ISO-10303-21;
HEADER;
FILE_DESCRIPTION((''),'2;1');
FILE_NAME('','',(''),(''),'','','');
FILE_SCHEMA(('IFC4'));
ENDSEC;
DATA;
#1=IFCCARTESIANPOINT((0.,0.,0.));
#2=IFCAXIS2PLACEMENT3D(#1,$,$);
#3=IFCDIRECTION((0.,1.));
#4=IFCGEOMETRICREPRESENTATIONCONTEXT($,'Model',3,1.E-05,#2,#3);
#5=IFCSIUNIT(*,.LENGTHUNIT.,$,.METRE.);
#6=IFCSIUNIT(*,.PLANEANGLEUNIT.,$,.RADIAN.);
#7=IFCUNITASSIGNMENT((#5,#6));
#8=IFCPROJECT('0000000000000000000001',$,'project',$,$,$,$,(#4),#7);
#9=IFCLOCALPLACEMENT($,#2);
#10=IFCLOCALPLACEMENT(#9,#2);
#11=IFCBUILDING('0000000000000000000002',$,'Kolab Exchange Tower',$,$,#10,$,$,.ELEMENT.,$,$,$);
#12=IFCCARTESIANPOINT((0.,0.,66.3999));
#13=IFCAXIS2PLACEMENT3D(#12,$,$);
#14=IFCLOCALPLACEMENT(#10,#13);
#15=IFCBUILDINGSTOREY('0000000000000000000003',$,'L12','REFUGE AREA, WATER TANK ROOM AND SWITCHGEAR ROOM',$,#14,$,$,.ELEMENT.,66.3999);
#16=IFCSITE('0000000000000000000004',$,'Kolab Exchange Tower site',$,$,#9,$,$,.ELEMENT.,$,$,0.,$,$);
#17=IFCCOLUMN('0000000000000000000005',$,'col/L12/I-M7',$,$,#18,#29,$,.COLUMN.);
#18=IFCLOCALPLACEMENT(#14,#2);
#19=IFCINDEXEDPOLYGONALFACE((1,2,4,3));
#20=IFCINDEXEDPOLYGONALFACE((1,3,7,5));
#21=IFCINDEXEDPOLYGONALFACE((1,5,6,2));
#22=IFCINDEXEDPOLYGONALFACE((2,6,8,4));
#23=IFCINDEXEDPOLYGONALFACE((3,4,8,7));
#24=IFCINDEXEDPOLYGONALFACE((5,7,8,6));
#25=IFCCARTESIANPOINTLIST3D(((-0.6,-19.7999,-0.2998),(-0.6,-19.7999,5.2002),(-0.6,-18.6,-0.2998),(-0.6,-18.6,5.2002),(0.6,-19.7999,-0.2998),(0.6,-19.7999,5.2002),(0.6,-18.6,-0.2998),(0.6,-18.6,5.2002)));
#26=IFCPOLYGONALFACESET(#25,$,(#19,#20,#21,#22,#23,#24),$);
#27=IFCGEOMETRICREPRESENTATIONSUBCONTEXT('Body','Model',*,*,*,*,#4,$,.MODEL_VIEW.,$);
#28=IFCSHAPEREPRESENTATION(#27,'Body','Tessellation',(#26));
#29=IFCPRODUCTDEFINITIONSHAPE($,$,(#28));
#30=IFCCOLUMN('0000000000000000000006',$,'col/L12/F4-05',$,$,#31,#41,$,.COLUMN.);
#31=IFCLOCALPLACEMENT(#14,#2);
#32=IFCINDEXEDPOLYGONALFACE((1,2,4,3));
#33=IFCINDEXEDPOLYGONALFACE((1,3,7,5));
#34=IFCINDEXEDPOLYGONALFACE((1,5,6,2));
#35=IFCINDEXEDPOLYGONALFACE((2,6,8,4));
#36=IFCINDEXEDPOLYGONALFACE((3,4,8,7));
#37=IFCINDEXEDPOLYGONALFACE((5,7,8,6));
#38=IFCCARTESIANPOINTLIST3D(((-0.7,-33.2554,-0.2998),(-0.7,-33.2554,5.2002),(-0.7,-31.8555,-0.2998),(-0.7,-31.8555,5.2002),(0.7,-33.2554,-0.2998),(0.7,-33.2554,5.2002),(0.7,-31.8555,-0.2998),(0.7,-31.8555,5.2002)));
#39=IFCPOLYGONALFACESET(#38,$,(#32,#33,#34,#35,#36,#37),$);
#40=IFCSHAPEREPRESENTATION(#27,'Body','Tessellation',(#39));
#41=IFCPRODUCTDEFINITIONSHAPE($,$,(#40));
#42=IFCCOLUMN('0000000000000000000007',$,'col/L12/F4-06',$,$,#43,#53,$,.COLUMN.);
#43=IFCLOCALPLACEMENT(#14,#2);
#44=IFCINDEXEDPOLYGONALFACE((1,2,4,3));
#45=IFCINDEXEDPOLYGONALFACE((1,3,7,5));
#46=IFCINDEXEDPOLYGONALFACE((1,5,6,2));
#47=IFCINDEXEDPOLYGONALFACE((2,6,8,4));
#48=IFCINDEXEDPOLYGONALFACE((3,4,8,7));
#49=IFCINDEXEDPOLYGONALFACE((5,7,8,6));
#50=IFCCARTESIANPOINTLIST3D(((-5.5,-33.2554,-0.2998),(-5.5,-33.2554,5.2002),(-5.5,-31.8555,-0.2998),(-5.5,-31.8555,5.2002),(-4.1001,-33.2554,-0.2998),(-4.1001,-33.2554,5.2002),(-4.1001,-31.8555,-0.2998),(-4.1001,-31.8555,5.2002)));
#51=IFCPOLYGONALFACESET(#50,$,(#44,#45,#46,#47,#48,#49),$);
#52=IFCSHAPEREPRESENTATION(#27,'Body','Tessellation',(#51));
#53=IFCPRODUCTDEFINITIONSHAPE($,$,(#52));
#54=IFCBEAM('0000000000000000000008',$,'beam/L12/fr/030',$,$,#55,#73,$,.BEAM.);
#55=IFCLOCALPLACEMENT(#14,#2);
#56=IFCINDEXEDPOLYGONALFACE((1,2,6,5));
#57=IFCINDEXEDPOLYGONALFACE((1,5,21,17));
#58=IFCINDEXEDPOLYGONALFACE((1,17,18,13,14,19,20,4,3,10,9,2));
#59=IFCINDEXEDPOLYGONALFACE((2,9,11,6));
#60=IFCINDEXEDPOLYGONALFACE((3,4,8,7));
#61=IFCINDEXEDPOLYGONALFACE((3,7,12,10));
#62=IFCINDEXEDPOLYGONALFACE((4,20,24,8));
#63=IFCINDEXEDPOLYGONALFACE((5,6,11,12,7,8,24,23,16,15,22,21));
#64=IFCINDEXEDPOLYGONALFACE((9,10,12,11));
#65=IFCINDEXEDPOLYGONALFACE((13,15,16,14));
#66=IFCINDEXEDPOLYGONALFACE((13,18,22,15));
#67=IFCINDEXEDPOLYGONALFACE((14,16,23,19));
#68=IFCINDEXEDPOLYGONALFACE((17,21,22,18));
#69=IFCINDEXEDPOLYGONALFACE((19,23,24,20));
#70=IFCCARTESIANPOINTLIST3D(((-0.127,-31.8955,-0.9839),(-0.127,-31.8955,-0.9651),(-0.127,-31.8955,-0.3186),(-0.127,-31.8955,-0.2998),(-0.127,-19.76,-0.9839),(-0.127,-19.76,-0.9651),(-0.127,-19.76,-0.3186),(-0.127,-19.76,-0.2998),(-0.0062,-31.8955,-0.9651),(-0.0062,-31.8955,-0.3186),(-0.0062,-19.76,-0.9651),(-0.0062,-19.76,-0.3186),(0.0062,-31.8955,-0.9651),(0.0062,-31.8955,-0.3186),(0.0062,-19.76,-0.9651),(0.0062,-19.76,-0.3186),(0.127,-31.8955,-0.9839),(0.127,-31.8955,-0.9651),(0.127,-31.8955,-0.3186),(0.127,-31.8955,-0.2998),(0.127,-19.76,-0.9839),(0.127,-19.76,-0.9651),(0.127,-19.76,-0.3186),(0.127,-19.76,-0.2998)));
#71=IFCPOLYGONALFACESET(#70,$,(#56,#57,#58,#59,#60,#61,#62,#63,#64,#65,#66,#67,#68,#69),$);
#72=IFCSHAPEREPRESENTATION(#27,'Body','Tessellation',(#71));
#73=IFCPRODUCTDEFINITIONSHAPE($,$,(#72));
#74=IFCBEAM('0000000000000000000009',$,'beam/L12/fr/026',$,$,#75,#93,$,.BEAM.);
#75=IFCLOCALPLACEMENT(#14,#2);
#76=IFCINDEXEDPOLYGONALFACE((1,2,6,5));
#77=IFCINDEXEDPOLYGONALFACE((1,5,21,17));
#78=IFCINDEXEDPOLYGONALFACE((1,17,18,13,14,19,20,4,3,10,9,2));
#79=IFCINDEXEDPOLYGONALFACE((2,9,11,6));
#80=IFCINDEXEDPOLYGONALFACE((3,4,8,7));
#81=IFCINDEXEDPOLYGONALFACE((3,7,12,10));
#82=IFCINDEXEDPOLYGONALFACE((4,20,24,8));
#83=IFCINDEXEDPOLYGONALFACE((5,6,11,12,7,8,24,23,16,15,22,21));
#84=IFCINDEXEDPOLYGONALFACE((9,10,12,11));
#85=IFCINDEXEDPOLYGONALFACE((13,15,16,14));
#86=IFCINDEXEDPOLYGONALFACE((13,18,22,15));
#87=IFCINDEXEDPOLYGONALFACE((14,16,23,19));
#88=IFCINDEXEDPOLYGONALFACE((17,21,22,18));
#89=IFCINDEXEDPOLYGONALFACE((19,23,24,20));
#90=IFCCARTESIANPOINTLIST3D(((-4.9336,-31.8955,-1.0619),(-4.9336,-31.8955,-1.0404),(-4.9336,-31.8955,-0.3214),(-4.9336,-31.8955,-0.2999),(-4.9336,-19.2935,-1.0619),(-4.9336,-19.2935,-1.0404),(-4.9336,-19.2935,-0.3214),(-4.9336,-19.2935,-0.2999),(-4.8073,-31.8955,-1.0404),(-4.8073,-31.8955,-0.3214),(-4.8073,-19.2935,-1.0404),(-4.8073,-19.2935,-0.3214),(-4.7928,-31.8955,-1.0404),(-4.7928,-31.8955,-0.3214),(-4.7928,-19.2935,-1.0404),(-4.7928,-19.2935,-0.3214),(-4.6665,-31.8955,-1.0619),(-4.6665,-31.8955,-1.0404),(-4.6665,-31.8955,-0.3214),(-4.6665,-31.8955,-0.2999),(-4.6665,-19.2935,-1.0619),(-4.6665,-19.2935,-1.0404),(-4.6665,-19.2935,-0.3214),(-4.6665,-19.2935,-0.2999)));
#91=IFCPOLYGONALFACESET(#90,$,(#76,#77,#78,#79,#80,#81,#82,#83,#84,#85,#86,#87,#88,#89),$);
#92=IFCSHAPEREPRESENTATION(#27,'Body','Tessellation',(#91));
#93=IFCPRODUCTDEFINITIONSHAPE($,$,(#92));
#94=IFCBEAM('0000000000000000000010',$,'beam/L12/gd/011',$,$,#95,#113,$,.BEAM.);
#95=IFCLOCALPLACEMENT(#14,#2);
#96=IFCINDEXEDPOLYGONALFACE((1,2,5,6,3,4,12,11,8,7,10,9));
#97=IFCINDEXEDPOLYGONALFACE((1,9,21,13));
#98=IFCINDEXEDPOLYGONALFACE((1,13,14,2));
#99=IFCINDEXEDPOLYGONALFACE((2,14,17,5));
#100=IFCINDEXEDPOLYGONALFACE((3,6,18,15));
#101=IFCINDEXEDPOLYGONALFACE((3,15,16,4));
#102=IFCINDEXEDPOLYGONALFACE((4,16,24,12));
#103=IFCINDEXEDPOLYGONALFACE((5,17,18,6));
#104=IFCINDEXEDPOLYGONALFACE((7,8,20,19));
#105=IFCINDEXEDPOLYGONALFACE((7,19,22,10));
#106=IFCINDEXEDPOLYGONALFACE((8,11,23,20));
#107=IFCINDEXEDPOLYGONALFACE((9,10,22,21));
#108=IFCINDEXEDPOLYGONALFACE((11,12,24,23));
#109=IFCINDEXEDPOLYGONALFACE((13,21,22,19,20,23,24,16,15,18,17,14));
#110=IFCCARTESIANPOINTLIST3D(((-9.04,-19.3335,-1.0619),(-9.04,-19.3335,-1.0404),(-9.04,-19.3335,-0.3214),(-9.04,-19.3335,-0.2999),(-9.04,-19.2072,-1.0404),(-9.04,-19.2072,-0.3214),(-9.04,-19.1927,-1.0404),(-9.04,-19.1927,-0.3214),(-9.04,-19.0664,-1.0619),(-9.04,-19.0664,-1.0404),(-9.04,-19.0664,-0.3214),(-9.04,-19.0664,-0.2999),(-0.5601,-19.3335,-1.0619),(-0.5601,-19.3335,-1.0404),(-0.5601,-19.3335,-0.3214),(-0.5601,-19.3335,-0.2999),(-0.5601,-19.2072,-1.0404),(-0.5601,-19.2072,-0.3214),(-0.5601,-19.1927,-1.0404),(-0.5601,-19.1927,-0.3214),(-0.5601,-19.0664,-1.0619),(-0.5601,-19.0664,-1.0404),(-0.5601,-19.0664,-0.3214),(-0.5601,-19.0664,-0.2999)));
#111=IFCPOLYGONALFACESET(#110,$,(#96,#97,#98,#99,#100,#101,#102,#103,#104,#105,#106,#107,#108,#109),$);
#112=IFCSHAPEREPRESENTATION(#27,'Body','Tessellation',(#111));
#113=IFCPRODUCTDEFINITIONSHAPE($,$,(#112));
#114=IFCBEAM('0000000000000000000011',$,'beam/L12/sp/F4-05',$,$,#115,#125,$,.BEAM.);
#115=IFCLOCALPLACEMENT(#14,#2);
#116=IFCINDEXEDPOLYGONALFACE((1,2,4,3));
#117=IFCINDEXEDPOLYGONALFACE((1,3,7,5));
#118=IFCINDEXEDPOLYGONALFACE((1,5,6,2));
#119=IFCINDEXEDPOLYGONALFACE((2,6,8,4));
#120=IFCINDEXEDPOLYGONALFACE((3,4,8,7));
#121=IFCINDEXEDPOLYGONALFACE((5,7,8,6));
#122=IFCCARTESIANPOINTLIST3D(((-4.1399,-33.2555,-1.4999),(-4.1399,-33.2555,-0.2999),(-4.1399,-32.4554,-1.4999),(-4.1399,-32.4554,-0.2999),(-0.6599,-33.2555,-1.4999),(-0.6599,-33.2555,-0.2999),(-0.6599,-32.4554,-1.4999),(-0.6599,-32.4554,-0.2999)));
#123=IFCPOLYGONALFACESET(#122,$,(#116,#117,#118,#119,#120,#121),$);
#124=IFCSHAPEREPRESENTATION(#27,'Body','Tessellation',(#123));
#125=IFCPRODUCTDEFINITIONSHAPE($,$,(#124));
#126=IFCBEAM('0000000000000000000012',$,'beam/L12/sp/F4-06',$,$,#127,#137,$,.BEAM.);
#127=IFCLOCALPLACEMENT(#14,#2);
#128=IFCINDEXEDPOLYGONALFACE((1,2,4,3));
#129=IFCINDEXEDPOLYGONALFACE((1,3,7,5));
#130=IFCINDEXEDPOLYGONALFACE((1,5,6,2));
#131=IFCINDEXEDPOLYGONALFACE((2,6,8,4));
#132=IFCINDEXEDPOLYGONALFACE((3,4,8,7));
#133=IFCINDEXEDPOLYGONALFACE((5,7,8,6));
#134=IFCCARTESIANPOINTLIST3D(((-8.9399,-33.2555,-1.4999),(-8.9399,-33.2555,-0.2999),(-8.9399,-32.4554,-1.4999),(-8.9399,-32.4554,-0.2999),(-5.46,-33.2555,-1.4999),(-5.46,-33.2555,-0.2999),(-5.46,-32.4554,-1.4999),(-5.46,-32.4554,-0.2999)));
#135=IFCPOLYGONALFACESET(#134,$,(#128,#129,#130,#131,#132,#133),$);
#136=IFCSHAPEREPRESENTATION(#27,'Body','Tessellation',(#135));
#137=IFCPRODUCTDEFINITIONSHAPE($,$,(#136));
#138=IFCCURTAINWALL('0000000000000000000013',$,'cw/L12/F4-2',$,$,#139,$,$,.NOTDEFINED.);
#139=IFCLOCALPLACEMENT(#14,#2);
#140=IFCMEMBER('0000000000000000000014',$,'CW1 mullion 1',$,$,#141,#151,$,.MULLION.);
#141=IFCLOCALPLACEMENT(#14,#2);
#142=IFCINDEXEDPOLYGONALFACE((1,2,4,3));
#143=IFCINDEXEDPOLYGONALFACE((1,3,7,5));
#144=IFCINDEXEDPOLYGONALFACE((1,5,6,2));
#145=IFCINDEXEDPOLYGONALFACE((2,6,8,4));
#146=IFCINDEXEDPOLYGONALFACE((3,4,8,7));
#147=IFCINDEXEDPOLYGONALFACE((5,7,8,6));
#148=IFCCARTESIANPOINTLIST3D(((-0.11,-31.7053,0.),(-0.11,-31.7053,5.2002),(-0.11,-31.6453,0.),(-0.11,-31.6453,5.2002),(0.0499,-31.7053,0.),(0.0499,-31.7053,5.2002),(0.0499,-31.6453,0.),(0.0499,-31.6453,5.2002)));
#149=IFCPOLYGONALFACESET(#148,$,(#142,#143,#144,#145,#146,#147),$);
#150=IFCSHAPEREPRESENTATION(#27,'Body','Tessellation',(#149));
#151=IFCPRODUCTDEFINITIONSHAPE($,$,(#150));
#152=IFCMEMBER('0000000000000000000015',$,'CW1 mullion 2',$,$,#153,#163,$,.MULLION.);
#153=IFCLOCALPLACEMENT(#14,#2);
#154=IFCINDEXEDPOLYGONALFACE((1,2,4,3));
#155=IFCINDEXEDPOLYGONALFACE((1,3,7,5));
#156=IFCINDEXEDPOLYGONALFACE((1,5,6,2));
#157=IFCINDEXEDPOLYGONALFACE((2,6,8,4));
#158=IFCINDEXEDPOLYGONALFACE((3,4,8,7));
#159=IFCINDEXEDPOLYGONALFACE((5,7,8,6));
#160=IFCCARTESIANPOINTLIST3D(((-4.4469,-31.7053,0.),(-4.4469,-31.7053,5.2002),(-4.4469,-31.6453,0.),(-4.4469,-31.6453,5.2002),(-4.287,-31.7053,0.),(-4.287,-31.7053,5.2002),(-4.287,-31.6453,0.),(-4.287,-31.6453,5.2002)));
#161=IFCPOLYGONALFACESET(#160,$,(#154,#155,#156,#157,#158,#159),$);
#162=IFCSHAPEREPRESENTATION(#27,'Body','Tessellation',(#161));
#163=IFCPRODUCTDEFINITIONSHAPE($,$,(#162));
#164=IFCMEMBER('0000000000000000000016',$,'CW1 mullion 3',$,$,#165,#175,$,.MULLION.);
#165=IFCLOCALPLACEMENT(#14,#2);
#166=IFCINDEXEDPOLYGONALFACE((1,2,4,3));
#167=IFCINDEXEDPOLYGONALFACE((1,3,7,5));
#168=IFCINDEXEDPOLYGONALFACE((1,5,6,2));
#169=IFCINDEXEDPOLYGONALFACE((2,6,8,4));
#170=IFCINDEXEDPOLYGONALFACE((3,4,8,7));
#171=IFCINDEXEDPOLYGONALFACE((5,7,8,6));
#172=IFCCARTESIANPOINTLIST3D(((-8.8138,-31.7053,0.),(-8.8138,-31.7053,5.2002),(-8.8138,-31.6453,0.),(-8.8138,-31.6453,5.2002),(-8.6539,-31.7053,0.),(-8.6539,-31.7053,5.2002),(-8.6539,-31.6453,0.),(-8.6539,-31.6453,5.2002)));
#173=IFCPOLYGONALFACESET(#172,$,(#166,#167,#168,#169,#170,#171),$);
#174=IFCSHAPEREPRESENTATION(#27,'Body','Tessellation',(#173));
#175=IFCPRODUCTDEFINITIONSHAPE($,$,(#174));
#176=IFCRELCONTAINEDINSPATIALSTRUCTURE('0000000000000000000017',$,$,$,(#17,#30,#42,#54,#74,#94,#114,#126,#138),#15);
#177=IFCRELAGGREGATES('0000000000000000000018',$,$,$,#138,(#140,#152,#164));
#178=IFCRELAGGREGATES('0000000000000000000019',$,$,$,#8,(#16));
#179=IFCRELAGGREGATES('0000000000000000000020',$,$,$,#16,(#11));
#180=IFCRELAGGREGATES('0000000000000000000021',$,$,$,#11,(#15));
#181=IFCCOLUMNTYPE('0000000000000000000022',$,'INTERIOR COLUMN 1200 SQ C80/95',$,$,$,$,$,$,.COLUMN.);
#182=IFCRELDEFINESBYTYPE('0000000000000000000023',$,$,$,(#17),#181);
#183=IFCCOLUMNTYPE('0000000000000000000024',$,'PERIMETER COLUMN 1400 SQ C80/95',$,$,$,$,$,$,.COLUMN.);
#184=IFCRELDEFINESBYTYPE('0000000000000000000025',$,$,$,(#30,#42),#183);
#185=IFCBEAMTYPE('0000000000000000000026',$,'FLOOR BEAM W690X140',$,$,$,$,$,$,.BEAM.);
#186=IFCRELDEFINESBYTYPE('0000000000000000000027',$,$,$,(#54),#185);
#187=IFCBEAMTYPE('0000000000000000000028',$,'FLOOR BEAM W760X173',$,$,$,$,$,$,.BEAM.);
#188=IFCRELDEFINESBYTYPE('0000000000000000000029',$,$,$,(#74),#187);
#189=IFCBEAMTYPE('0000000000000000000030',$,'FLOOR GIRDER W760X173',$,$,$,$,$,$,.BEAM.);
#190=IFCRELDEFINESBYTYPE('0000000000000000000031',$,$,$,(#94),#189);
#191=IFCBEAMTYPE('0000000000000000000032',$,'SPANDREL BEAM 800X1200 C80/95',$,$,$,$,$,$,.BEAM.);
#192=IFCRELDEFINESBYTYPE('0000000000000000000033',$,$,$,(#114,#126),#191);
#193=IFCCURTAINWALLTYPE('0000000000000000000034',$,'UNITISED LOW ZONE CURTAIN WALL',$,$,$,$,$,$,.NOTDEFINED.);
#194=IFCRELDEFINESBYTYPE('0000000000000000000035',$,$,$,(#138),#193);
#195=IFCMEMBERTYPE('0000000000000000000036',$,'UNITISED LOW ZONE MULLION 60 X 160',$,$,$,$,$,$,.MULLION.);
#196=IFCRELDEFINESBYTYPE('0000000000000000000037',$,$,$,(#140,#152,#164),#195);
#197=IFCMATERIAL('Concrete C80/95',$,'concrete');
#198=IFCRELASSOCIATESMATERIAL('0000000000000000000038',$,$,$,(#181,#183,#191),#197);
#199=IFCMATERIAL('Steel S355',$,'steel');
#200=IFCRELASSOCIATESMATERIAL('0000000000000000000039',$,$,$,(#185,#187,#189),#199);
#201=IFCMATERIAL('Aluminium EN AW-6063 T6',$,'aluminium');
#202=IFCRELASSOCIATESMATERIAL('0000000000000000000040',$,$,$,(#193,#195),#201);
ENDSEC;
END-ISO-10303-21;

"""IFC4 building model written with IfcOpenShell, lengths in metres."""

from ifc_helpers import new_model, si_unit, direction, frame, origin, origin_2d, place, context, subcontext, project, spatial, rectangle, i_section, extrude, material, material_profile, profile_set, type_object, element, aggregate, save


model = new_model("IFC4")

# Units and contexts
model_context = context("Model", 3, precision=1e-05, world=origin(), true_north=direction((0.0, 1.0)))
body_context = subcontext(model_context, "Body", "Model", "MODEL_VIEW")
ifc_project = project(units=[si_unit("LENGTHUNIT", "METRE"), si_unit("PLANEANGLEUNIT", "RADIAN")], contexts=[model_context])

# Site, building, storey
site_placement = place(None, origin())
site = spatial("IfcSite", under=ifc_project, at=site_placement, Name="Kolab Exchange Tower site", CompositionType="ELEMENT", RefElevation=0.0)
building_placement = place(site_placement, origin())
building = spatial("IfcBuilding", under=site, at=building_placement, Name="Kolab Exchange Tower", CompositionType="ELEMENT")
storey_placement = place(building_placement, frame((0.0, 0.0, 66.3999)))
storey = spatial("IfcBuildingStorey", under=building, at=storey_placement, Name="L12", Description="REFUGE AREA, WATER TANK ROOM AND SWITCHGEAR ROOM", CompositionType="ELEMENT", Elevation=66.3999)

# Columns
ifc_material_1 = material(Name="Concrete C80/95", Category="concrete")
ifc_material_profile_1 = material_profile(ifc_material_1, rectangle(XDim=1.2, YDim=1.2, at=origin_2d()), Name="RC1200")
ifc_profile_set_1 = profile_set([ifc_material_profile_1], Name="Concrete C80/95")
column_type_1 = type_object("IfcColumnType", Name="INTERIOR COLUMN 1200 SQ C80/95", PredefinedType="COLUMN", material=ifc_profile_set_1)
column_placement = place(storey_placement, frame((0.0, -19.2, -0.2998), z_axis=(0.0, 0.0, 1.0), x_axis=(1.0, 0.0, 0.0)))
element("IfcColumn", 1, at=column_placement, inside=storey, type_object=column_type_1, Name="col/L12/I-M7", PredefinedType="COLUMN", context=body_context, shape_type="SweptSolid", body=[
    extrude(rectangle(XDim=1.2, YDim=1.2, at=origin_2d()), origin(), (0.0, 0.0, 1.0), 5.5),
])
ifc_material_profile_2 = material_profile(ifc_material_1, rectangle(XDim=1.3999, YDim=1.3999, at=origin_2d()), Name="RC1400")
ifc_profile_set_2 = profile_set([ifc_material_profile_2], Name="Concrete C80/95")
column_type_2 = type_object("IfcColumnType", Name="PERIMETER COLUMN 1400 SQ C80/95", PredefinedType="COLUMN", material=ifc_profile_set_2)
for number, where, z_axis, x_axis, name in (
    (2, (0.0, -32.5554, -0.2998), (0.0, 0.0, 1.0), (1.0, 0.0, 0.0), "col/L12/F4-05"),
    (3, (-4.8, -32.5554, -0.2998), (0.0, 0.0, 1.0), (1.0, 0.0, 0.0), "col/L12/F4-06"),
):
    element("IfcColumn", number, at=place(storey_placement, frame(where, z_axis=z_axis, x_axis=x_axis)), inside=storey, type_object=column_type_2, Name=name, PredefinedType="COLUMN", context=body_context, shape_type="SweptSolid", body=[
        extrude(rectangle(XDim=1.3999, YDim=1.3999, at=origin_2d()), origin(), (0.0, 0.0, 1.0), 5.5),
    ])

# Beams
ifc_material_2 = material(Name="Steel S355", Category="steel")
ifc_material_profile_3 = material_profile(ifc_material_2, i_section(OverallWidth=0.2539, OverallDepth=0.6841, WebThickness=0.0125, FlangeThickness=0.0188, at=origin_2d()), Name="W690X140")
ifc_profile_set_3 = profile_set([ifc_material_profile_3], Name="Steel S355")
beam_type_1 = type_object("IfcBeamType", Name="FLOOR BEAM W690X140", PredefinedType="BEAM", material=ifc_profile_set_3)
beam_1_placement = place(storey_placement, frame((0.0, -31.8955, -0.6418), z_axis=(0.0, 1.0, 0.0), x_axis=(-1.0, 0.0, 0.0)))
element("IfcBeam", 4, at=beam_1_placement, inside=storey, type_object=beam_type_1, Name="beam/L12/fr/030", PredefinedType="BEAM", context=body_context, shape_type="SweptSolid", body=[
    extrude(i_section(OverallWidth=0.2539, OverallDepth=0.6841, WebThickness=0.0125, FlangeThickness=0.0188, at=origin_2d()), origin(), (0.0, 0.0, 1.0), 12.1355),
])
ifc_material_profile_4 = material_profile(ifc_material_2, i_section(OverallWidth=0.2671, OverallDepth=0.762, WebThickness=0.0144, FlangeThickness=0.0215, at=origin_2d()), Name="W760X173")
ifc_profile_set_4 = profile_set([ifc_material_profile_4], Name="Steel S355")
beam_type_2 = type_object("IfcBeamType", Name="FLOOR BEAM W760X173", PredefinedType="BEAM", material=ifc_profile_set_4)
beam_2_placement = place(storey_placement, frame((-4.8, -31.8955, -0.6809), z_axis=(0.0, 1.0, 0.0), x_axis=(-1.0, 0.0, 0.0)))
element("IfcBeam", 5, at=beam_2_placement, inside=storey, type_object=beam_type_2, Name="beam/L12/fr/026", PredefinedType="BEAM", context=body_context, shape_type="SweptSolid", body=[
    extrude(i_section(OverallWidth=0.2671, OverallDepth=0.762, WebThickness=0.0144, FlangeThickness=0.0215, at=origin_2d()), origin(), (0.0, 0.0, 1.0), 12.6021),
])
ifc_material_profile_5 = material_profile(ifc_material_2, i_section(OverallWidth=0.2671, OverallDepth=0.762, WebThickness=0.0144, FlangeThickness=0.0215, at=origin_2d()), Name="W760X173")
ifc_profile_set_5 = profile_set([ifc_material_profile_5], Name="Steel S355")
beam_type_3 = type_object("IfcBeamType", Name="FLOOR GIRDER W760X173", PredefinedType="BEAM", material=ifc_profile_set_5)
beam_3_placement = place(storey_placement, frame((-9.04, -19.2, -0.6809), z_axis=(1.0, 0.0, 0.0), x_axis=(0.0, 1.0, 0.0)))
element("IfcBeam", 6, at=beam_3_placement, inside=storey, type_object=beam_type_3, Name="beam/L12/gd/011", PredefinedType="BEAM", context=body_context, shape_type="SweptSolid", body=[
    extrude(i_section(OverallWidth=0.2671, OverallDepth=0.762, WebThickness=0.0144, FlangeThickness=0.0215, at=origin_2d()), origin(), (0.0, 0.0, 1.0), 8.48),
])
ifc_material_profile_6 = material_profile(ifc_material_1, rectangle(XDim=0.8, YDim=1.2, at=origin_2d()), Name="RC800X1200")
ifc_profile_set_6 = profile_set([ifc_material_profile_6], Name="Concrete C80/95")
beam_type_4 = type_object("IfcBeamType", Name="SPANDREL BEAM 800X1200 C80/95", PredefinedType="BEAM", material=ifc_profile_set_6)
for number, where, z_axis, x_axis, name in (
    (7, (-0.6599, -32.8555, -0.8999), (-1.0, 0.0, 0.0), (0.0, -1.0, 0.0), "beam/L12/sp/F4-05"),
    (8, (-5.46, -32.8555, -0.8999), (-1.0, 0.0, 0.0), (0.0, -1.0, 0.0), "beam/L12/sp/F4-06"),
):
    element("IfcBeam", number, at=place(storey_placement, frame(where, z_axis=z_axis, x_axis=x_axis)), inside=storey, type_object=beam_type_4, Name=name, PredefinedType="BEAM", context=body_context, shape_type="SweptSolid", body=[
        extrude(rectangle(XDim=0.8, YDim=1.2, at=origin_2d()), origin(), (0.0, 0.0, 1.0), 3.48),
    ])

# Curtain wall, members
ifc_material_3 = material(Name="Aluminium EN AW-6063 T6", Category="aluminium")
curtain_wall_type = type_object("IfcCurtainWallType", Name="UNITISED LOW ZONE CURTAIN WALL", PredefinedType="NOTDEFINED", material=ifc_material_3)
curtain_wall_placement = place(storey_placement, origin())
curtain_wall = element("IfcCurtainWall", 9, at=curtain_wall_placement, inside=storey, type_object=curtain_wall_type, Name="cw/L12/F4-2", PredefinedType="NOTDEFINED")
ifc_material_profile_7 = material_profile(ifc_material_3, rectangle(XDim=0.0601, YDim=0.1599, at=origin_2d()), Name="RECT 60X160")
ifc_profile_set_7 = profile_set([ifc_material_profile_7], Name="Aluminium EN AW-6063 T6")
member_type_1 = type_object("IfcMemberType", Name="UNITISED LOW ZONE MULLION 60 X 160", PredefinedType="MULLION", material=ifc_profile_set_7)
member_1_placement = place(storey_placement, frame((-0.03, -31.6753, 0.0), z_axis=(0.0, 0.0, 1.0), x_axis=(0.0, -1.0, 0.0)))
member_1 = element("IfcMember", 10, at=member_1_placement, type_object=member_type_1, Name="CW1 mullion 1", PredefinedType="MULLION", context=body_context, shape_type="SweptSolid", body=[
    extrude(rectangle(XDim=0.0601, YDim=0.1599, at=origin_2d()), origin(), (0.0, 0.0, 1.0), 5.2002),
])
member_2_placement = place(storey_placement, frame((-4.3669, -31.6753, 0.0), z_axis=(0.0, 0.0, 1.0), x_axis=(0.0, -1.0, 0.0)))
member_2 = element("IfcMember", 11, at=member_2_placement, type_object=member_type_1, Name="CW1 mullion 2", PredefinedType="MULLION", context=body_context, shape_type="SweptSolid", body=[
    extrude(rectangle(XDim=0.0601, YDim=0.1599, at=origin_2d()), origin(), (0.0, 0.0, 1.0), 5.2002),
])
member_3_placement = place(storey_placement, frame((-8.7339, -31.6753, 0.0), z_axis=(0.0, 0.0, 1.0), x_axis=(0.0, -1.0, 0.0)))
member_3 = element("IfcMember", 12, at=member_3_placement, type_object=member_type_1, Name="CW1 mullion 3", PredefinedType="MULLION", context=body_context, shape_type="SweptSolid", body=[
    extrude(rectangle(XDim=0.0601, YDim=0.1599, at=origin_2d()), origin(), (0.0, 0.0, 1.0), 5.2002),
])
aggregate(curtain_wall, [member_1, member_2, member_3])

save(model, "model.ifc")
